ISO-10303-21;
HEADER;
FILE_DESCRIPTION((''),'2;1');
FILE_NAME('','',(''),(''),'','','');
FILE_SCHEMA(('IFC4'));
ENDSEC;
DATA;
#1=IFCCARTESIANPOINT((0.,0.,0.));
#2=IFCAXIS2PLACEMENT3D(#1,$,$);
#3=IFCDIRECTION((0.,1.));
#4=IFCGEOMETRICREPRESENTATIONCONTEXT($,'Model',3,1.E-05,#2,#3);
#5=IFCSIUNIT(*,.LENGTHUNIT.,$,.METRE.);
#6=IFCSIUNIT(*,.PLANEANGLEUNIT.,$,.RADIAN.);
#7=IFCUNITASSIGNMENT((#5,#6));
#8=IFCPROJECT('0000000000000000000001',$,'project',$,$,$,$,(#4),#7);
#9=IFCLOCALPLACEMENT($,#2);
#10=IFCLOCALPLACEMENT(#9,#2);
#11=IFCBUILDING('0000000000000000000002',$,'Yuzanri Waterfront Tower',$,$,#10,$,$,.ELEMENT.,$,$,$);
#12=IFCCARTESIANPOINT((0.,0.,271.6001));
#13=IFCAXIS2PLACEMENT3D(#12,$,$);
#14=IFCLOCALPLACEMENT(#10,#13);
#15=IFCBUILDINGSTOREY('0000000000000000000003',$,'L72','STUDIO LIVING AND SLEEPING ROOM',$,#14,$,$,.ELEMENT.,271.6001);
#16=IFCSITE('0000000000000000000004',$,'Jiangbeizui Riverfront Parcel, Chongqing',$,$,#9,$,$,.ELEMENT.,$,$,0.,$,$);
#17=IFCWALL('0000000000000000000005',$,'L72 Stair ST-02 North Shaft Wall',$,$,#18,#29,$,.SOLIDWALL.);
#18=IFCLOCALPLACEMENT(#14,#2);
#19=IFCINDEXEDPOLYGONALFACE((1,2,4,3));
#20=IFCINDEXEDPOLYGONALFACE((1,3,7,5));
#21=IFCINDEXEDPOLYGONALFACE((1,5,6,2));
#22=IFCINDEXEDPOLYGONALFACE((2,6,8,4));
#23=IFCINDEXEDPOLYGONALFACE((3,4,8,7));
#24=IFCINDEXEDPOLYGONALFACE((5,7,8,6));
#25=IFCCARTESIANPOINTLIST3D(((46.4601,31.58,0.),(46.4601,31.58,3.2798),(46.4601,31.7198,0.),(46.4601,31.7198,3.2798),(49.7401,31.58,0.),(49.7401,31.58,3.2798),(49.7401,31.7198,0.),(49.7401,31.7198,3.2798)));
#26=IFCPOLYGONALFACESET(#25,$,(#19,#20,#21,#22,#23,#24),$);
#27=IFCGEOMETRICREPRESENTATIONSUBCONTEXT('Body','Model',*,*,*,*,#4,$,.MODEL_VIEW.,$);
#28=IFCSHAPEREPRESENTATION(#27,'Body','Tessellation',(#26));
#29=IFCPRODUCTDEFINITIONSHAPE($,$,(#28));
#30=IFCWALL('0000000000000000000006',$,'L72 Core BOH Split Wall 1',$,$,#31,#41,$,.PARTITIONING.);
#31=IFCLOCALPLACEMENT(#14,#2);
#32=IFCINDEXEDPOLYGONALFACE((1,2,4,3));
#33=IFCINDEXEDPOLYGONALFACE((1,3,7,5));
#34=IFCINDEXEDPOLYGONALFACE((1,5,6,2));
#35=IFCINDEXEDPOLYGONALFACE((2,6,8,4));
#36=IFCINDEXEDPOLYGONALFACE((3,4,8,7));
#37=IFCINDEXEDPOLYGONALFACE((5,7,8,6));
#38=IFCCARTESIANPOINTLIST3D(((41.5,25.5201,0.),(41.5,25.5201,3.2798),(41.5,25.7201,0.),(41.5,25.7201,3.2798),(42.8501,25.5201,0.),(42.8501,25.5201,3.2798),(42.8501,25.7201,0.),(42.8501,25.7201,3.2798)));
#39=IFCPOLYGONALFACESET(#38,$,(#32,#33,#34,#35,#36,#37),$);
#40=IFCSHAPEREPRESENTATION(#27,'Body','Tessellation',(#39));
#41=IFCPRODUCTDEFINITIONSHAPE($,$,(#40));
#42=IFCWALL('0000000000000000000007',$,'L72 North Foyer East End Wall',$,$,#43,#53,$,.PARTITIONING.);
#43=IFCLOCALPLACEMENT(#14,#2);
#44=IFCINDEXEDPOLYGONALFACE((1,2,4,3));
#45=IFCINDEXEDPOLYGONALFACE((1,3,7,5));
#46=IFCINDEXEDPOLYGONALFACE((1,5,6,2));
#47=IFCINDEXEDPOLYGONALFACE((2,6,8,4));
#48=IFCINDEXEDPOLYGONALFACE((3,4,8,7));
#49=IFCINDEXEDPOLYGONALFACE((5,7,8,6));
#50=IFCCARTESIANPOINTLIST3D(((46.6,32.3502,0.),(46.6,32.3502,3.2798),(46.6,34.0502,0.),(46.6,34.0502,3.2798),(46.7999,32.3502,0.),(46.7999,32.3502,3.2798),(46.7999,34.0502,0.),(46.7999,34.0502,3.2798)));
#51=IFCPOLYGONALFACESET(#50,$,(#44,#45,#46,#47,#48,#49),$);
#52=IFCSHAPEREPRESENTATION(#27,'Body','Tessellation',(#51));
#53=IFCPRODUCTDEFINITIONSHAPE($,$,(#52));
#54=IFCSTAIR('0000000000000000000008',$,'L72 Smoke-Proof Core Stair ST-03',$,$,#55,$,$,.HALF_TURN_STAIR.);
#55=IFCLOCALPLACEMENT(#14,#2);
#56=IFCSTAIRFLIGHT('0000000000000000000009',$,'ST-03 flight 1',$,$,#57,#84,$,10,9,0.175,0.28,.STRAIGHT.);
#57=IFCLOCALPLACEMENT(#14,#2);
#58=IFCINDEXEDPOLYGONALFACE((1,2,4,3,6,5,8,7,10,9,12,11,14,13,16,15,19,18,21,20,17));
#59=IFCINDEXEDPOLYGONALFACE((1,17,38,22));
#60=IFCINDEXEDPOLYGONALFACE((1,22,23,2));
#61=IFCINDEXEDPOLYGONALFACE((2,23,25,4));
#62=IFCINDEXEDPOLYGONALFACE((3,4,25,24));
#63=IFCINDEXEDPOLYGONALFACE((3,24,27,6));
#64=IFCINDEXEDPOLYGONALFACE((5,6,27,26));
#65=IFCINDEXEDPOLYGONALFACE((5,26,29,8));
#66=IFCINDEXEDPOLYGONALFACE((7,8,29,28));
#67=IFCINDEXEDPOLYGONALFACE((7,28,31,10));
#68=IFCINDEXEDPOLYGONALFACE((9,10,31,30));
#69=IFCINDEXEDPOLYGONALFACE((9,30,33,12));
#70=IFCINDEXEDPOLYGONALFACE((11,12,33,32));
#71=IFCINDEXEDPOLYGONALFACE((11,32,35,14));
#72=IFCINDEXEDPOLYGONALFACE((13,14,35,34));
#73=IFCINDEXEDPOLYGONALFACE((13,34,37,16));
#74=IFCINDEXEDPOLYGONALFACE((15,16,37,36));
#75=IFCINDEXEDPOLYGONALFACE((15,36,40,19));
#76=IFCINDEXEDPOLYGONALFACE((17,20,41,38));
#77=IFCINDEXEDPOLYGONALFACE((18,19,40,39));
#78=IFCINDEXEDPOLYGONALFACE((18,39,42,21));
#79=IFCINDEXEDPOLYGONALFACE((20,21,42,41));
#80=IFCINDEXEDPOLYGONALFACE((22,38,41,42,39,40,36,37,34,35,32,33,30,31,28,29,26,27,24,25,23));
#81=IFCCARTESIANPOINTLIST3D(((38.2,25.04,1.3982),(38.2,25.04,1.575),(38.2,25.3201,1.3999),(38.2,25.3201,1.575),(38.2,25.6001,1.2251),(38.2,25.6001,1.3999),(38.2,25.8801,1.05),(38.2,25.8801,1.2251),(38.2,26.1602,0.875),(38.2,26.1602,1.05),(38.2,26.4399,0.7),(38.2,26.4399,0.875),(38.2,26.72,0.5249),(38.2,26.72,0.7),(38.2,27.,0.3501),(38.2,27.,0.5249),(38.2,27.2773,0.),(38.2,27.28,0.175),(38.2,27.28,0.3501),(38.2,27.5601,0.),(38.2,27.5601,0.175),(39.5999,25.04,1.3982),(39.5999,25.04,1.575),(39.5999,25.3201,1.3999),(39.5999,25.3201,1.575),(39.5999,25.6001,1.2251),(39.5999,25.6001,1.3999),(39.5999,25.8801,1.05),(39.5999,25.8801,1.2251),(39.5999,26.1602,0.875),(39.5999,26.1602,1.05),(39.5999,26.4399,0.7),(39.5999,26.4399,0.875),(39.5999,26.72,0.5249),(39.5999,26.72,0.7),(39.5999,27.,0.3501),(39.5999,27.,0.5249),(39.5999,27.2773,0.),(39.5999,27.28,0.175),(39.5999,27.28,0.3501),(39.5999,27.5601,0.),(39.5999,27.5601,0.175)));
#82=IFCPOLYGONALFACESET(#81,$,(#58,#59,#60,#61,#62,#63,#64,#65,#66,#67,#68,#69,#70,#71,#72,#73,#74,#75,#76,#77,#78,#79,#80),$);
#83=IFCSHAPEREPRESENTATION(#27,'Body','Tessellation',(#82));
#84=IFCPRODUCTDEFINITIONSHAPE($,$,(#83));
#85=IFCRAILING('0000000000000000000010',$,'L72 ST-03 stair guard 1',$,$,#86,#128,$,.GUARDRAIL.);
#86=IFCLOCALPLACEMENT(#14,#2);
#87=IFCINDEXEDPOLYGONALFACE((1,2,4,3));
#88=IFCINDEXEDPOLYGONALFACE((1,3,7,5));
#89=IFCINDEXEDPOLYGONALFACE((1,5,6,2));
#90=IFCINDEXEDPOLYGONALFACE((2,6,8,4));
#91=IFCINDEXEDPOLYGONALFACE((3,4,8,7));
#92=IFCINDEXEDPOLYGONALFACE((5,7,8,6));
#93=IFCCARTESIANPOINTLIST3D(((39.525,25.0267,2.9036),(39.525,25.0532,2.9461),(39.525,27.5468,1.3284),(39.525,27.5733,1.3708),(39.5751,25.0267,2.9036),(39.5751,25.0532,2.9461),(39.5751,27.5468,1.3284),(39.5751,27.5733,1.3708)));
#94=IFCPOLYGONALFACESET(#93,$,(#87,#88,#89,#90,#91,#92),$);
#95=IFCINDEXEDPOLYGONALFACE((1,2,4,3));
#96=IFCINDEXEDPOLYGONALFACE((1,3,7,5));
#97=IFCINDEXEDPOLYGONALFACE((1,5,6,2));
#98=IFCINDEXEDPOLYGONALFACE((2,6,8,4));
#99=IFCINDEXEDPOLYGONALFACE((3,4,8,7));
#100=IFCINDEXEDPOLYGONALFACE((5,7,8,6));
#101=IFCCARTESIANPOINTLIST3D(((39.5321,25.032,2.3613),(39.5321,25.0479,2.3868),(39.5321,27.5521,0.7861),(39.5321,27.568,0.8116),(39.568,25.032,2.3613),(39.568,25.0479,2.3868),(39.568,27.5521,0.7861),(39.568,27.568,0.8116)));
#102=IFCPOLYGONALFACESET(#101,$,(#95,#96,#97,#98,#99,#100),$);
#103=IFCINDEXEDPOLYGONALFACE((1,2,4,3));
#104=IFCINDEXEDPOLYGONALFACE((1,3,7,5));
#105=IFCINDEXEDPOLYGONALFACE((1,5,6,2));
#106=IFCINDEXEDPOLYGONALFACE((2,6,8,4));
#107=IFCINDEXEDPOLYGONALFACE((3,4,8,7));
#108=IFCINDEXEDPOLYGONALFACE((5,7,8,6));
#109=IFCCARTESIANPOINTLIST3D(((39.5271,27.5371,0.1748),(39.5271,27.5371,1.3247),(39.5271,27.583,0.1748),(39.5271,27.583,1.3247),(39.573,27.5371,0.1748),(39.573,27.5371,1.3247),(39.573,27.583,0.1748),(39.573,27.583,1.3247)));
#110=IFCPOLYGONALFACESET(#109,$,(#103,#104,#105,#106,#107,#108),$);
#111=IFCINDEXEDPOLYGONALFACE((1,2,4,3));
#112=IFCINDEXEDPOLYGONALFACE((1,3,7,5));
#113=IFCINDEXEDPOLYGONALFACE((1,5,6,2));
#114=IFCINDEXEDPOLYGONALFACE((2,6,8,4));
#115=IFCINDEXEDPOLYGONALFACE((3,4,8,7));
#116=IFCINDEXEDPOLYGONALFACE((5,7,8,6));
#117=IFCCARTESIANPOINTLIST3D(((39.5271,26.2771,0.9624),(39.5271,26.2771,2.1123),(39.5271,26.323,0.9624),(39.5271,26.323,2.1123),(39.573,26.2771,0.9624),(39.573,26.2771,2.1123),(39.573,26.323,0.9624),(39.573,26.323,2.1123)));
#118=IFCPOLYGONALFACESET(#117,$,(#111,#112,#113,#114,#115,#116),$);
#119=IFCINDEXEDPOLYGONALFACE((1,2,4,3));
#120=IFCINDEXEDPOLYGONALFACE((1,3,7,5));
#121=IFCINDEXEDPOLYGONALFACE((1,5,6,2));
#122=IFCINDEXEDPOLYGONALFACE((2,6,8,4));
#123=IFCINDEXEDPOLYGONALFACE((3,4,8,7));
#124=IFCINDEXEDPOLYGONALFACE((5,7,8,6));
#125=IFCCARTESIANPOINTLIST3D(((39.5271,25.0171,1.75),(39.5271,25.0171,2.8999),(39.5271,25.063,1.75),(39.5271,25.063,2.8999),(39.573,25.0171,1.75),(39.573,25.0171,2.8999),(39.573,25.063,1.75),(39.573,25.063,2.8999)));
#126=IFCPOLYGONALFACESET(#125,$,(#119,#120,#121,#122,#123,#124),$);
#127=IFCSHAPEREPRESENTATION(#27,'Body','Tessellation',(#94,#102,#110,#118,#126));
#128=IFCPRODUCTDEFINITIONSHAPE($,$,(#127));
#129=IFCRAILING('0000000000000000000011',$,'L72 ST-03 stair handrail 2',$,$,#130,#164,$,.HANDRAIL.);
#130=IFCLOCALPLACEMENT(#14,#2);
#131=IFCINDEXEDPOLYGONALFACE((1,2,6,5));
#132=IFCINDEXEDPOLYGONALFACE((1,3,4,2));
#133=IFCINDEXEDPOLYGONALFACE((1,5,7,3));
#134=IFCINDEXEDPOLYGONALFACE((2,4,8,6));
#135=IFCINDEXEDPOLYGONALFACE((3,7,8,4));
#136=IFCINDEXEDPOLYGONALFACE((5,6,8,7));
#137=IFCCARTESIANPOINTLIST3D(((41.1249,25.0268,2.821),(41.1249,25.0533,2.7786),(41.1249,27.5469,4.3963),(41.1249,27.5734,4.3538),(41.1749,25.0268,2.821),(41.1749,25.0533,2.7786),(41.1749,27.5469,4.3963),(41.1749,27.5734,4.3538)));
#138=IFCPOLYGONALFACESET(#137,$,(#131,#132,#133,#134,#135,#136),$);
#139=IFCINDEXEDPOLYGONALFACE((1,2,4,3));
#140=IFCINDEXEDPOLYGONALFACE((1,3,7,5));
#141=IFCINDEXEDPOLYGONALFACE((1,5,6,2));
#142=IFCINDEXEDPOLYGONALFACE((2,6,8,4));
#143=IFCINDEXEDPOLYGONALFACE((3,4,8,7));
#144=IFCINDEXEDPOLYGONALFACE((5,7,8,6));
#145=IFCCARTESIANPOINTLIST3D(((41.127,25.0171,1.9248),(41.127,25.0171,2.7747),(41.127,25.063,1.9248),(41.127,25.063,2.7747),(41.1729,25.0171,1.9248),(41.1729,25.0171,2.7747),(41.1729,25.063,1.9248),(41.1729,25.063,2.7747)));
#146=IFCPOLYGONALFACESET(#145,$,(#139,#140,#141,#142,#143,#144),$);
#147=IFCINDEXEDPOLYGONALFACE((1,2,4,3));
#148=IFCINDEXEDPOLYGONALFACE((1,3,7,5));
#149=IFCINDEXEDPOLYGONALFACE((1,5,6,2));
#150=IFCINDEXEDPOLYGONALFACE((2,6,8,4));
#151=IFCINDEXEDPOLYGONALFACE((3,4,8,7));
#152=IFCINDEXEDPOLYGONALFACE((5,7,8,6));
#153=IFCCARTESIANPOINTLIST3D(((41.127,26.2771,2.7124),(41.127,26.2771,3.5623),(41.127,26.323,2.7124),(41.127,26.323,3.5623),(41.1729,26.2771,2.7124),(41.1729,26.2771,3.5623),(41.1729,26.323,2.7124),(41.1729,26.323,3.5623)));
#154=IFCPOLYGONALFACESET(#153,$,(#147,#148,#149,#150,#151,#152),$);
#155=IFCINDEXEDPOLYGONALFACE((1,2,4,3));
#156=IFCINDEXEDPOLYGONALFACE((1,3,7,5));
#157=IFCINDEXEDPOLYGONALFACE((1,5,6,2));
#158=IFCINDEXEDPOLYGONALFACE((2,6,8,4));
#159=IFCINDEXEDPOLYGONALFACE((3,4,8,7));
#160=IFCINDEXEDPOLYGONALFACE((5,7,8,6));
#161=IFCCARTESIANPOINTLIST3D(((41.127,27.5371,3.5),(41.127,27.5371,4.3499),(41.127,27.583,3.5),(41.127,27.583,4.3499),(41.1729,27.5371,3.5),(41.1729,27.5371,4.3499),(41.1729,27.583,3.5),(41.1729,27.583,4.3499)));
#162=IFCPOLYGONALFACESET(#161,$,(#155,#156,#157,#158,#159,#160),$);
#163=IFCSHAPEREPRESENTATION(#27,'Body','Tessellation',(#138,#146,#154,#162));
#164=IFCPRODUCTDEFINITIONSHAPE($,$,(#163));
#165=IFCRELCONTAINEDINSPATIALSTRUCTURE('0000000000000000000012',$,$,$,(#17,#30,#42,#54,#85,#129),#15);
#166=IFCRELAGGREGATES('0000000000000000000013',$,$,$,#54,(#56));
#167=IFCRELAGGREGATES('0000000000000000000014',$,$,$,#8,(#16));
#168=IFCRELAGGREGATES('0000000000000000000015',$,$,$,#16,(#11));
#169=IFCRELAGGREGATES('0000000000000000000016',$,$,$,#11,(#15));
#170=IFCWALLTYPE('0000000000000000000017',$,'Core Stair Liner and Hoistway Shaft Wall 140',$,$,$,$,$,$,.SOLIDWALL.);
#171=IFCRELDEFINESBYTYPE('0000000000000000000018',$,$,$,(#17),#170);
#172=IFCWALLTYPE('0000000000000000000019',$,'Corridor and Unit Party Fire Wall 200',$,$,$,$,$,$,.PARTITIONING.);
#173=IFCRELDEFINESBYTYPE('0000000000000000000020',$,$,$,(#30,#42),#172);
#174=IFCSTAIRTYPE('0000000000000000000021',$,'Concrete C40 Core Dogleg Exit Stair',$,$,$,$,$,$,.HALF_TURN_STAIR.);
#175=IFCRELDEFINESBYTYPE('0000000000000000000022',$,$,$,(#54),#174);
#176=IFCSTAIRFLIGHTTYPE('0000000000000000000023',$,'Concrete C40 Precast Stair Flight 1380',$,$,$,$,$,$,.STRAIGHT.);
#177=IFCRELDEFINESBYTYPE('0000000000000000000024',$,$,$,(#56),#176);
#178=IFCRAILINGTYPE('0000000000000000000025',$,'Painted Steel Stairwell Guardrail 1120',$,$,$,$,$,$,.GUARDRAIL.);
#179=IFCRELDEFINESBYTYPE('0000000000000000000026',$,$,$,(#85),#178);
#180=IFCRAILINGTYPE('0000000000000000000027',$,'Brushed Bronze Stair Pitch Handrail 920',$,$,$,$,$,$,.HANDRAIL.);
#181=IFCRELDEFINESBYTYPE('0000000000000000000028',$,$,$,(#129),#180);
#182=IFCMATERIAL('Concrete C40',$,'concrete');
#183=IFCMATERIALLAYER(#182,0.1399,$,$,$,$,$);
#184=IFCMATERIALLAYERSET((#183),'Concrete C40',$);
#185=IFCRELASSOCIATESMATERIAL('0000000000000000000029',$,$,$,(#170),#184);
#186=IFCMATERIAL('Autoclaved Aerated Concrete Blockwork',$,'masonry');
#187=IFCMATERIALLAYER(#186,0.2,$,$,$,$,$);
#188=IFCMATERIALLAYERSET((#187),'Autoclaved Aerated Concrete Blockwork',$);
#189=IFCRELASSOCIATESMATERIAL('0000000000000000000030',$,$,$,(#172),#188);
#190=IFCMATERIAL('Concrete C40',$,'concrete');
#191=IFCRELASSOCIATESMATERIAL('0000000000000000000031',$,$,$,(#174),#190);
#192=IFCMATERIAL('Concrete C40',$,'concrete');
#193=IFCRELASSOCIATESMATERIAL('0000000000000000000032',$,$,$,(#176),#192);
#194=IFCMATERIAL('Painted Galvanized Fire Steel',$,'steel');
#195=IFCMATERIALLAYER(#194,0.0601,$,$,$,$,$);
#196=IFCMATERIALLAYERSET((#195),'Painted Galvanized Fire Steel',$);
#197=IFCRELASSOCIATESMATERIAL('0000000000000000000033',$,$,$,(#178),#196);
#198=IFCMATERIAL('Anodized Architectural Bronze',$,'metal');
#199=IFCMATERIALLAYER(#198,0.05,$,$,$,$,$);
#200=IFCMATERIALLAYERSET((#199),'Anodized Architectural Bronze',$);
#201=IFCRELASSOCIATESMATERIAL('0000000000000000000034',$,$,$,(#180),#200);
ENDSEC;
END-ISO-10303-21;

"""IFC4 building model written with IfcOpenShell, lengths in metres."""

from ifc_helpers import new_model, si_unit, direction, frame, frame_2d, origin, origin_2d, place, context, subcontext, project, spatial, polyline, rectangle, outline, extrude, source, transform, mapped, material, layer, layer_set, type_object, element, aggregate, save


model = new_model("IFC4")

# Units and contexts
model_context = context("Model", 3, precision=1e-05, world=origin(), true_north=direction((0.0, 1.0)))
body_context = subcontext(model_context, "Body", "Model", "MODEL_VIEW")
ifc_project = project(units=[si_unit("LENGTHUNIT", "METRE"), si_unit("PLANEANGLEUNIT", "RADIAN")], contexts=[model_context])

# Site, building, storey
site_placement = place(None, origin())
site = spatial("IfcSite", under=ifc_project, at=site_placement, Name="Jiangbeizui Riverfront Parcel, Chongqing", CompositionType="ELEMENT", RefElevation=0.0)
building_placement = place(site_placement, origin())
building = spatial("IfcBuilding", under=site, at=building_placement, Name="Yuzanri Waterfront Tower", CompositionType="ELEMENT")
storey_placement = place(building_placement, frame((0.0, 0.0, 271.6001)))
storey = spatial("IfcBuildingStorey", under=building, at=storey_placement, Name="L72", Description="STUDIO LIVING AND SLEEPING ROOM", CompositionType="ELEMENT", Elevation=271.6001)

# Shared definitions
ifc_material_1 = material(Name="Concrete C40", Category="concrete")
ifc_layer_1 = layer(ifc_material_1, 0.1399)
ifc_layer_set_1 = layer_set([ifc_layer_1], Name="Concrete C40")
wall_type_1 = type_object("IfcWallType", Name="Core Stair Liner and Hoistway Shaft Wall 140", PredefinedType="SOLIDWALL", material=ifc_layer_set_1)
ifc_material_2 = material(Name="Autoclaved Aerated Concrete Blockwork", Category="masonry")
ifc_layer_2 = layer(ifc_material_2, 0.2)
ifc_layer_set_2 = layer_set([ifc_layer_2], Name="Autoclaved Aerated Concrete Blockwork")
wall_type_2 = type_object("IfcWallType", Name="Corridor and Unit Party Fire Wall 200", PredefinedType="PARTITIONING", material=ifc_layer_set_2)

# Walls
shared_shape_1 = source(origin(), body_context, "Body", "SweptSolid", [
    extrude(rectangle(XDim=3.28, YDim=0.1399, at=frame_2d((1.6401, 0.0))), origin(), (0.0, 0.0, 1.0), 3.2798),
])
wall_1_placement = place(storey_placement, frame((46.46, 31.6499, 0.0), z_axis=(0.0, 0.0, 1.0), x_axis=(1.0, 0.0, 0.0)))
element("IfcWall", 1, at=wall_1_placement, inside=storey, type_object=wall_type_1, Name="L72 Stair ST-02 North Shaft Wall", PredefinedType="SOLIDWALL", context=body_context, shape_type="MappedRepresentation", body=[
    mapped(shared_shape_1, transform((0.0, 0.0, 0.0), scale=1.0)),
])
shared_shape_2 = source(origin(), body_context, "Body", "SweptSolid", [
    extrude(rectangle(XDim=1.3501, YDim=0.2, at=frame_2d((0.675, 0.0))), origin(), (0.0, 0.0, 1.0), 3.2798),
])
wall_2_placement = place(storey_placement, frame((41.5, 25.6201, 0.0), z_axis=(0.0, 0.0, 1.0), x_axis=(1.0, 0.0, 0.0)))
element("IfcWall", 2, at=wall_2_placement, inside=storey, type_object=wall_type_2, Name="L72 Core BOH Split Wall 1", PredefinedType="PARTITIONING", context=body_context, shape_type="MappedRepresentation", body=[
    mapped(shared_shape_2, transform((0.0, 0.0, 0.0), scale=1.0)),
])
shared_shape_3 = source(origin(), body_context, "Body", "SweptSolid", [
    extrude(rectangle(XDim=1.7, YDim=0.2, at=frame_2d((0.8501, 0.0))), origin(), (0.0, 0.0, 1.0), 3.2798),
])
wall_3_placement = place(storey_placement, frame((46.7, 32.3501, 0.0), z_axis=(0.0, 0.0, 1.0), x_axis=(0.0, 1.0, 0.0)))
element("IfcWall", 3, at=wall_3_placement, inside=storey, type_object=wall_type_2, Name="L72 North Foyer East End Wall", PredefinedType="PARTITIONING", context=body_context, shape_type="MappedRepresentation", body=[
    mapped(shared_shape_3, transform((0.0, 0.0, 0.0), scale=1.0)),
])

# Stair, stair flight
ifc_material_3 = material(Name="Concrete C40", Category="concrete")
stair_type = type_object("IfcStairType", Name="Concrete C40 Core Dogleg Exit Stair", PredefinedType="HALF_TURN_STAIR", material=ifc_material_3)
stair_placement = place(storey_placement, origin())
stair = element("IfcStair", 4, at=stair_placement, inside=storey, type_object=stair_type, Name="L72 Smoke-Proof Core Stair ST-03", PredefinedType="HALF_TURN_STAIR")
ifc_material_4 = material(Name="Concrete C40", Category="concrete")
stair_flight_type = type_object("IfcStairFlightType", Name="Concrete C40 Precast Stair Flight 1380", PredefinedType="STRAIGHT", material=ifc_material_4)
shared_shape_4 = source(origin(), body_context, "Body", "SweptSolid", [
    extrude(outline(polyline([(0.0, 0.0), (0.0, 0.175), (0.28, 0.175), (0.28, 0.3501), (0.5601, 0.3501), (0.5601, 0.5249), (0.8401, 0.5249), (0.8401, 0.7), (1.1201, 0.7), (1.1201, 0.875), (1.3999, 0.875), (1.3999, 1.05), (1.6799, 1.05), (1.6799, 1.2251), (1.96, 1.2251), (1.96, 1.3999), (2.24, 1.3999), (2.24, 1.575), (2.52, 1.575), (2.52, 1.75), (2.52, 1.3982), (0.2827, 0.0), (0.0, 0.0)])), frame((0.0, 0.7, 0.0), z_axis=(0.0, -1.0, 0.0), x_axis=(1.0, 0.0, 0.0)), (0.0, 0.0, 1.0), 1.3999),
])
stair_flight_placement = place(storey_placement, frame((38.8999, 27.5601, 0.0), z_axis=(0.0, 0.0, 1.0), x_axis=(0.0, -1.0, 0.0)))
stair_flight = element("IfcStairFlight", 5, at=stair_flight_placement, type_object=stair_flight_type, Name="ST-03 flight 1", NumberOfRisers=10, NumberOfTreads=9, PredefinedType="STRAIGHT", RiserHeight=0.175, TreadLength=0.28, context=body_context, shape_type="MappedRepresentation", body=[
    mapped(shared_shape_4, transform((0.0, 0.0, 0.0), scale=1.0)),
])
aggregate(stair, [stair_flight])

# Railings
ifc_material_5 = material(Name="Painted Galvanized Fire Steel", Category="steel")
ifc_layer_3 = layer(ifc_material_5, 0.0601)
ifc_layer_set_3 = layer_set([ifc_layer_3], Name="Painted Galvanized Fire Steel")
railing_type_1 = type_object("IfcRailingType", Name="Painted Steel Stairwell Guardrail 1120", PredefinedType="GUARDRAIL", material=ifc_layer_set_3)
shared_shape_5 = source(origin(), body_context, "Body", "SweptSolid", [
    extrude(rectangle(XDim=0.05, YDim=0.05, at=origin_2d()), frame((0.0, 0.0, 1.1748), z_axis=(0.0, -0.847971, 0.530043), x_axis=(1.0, 0.0, 0.0)), (0.0, 0.0, 1.0), 2.9719),
    extrude(rectangle(XDim=0.0359, YDim=0.03, at=origin_2d()), frame((0.0, 0.0, 0.624), z_axis=(0.0, -0.847971, 0.530043), x_axis=(1.0, 0.0, 0.0)), (0.0, 0.0, 1.0), 2.9719),
    extrude(rectangle(XDim=0.0459, YDim=0.0459, at=origin_2d()), origin(), (0.0, 0.0, 1.0), 1.1499),
    extrude(rectangle(XDim=0.0459, YDim=0.0459, at=origin_2d()), frame((0.0, -1.26, 0.7876)), (0.0, 0.0, 1.0), 1.1499),
    extrude(rectangle(XDim=0.0459, YDim=0.0459, at=origin_2d()), frame((0.0, -2.52, 1.5752)), (0.0, 0.0, 1.0), 1.1499),
])
railing_1_placement = place(storey_placement, frame((39.55, 27.5601, 0.1748)))
element("IfcRailing", 6, at=railing_1_placement, inside=storey, type_object=railing_type_1, Name="L72 ST-03 stair guard 1", PredefinedType="GUARDRAIL", context=body_context, shape_type="MappedRepresentation", body=[
    mapped(shared_shape_5, transform((0.0, 0.0, 0.0), scale=1.0)),
])
ifc_material_6 = material(Name="Anodized Architectural Bronze", Category="metal")
ifc_layer_4 = layer(ifc_material_6, 0.05)
ifc_layer_set_4 = layer_set([ifc_layer_4], Name="Anodized Architectural Bronze")
railing_type_2 = type_object("IfcRailingType", Name="Brushed Bronze Stair Pitch Handrail 920", PredefinedType="HANDRAIL", material=ifc_layer_set_4)
shared_shape_6 = source(origin(), body_context, "Body", "SweptSolid", [
    extrude(rectangle(XDim=0.05, YDim=0.05, at=origin_2d()), frame((0.0, 0.0, 0.875), z_axis=(0.0, 0.847971, 0.530043), x_axis=(-1.0, 0.0, 0.0)), (0.0, 0.0, 1.0), 2.9719),
    extrude(rectangle(XDim=0.0459, YDim=0.0459, at=origin_2d()), origin(), (0.0, 0.0, 1.0), 0.8499),
    extrude(rectangle(XDim=0.0459, YDim=0.0459, at=origin_2d()), frame((0.0, 1.26, 0.7876)), (0.0, 0.0, 1.0), 0.8499),
    extrude(rectangle(XDim=0.0459, YDim=0.0459, at=origin_2d()), frame((0.0, 2.52, 1.5752)), (0.0, 0.0, 1.0), 0.8499),
])
railing_2_placement = place(storey_placement, frame((41.1499, 25.04, 1.9248)))
element("IfcRailing", 7, at=railing_2_placement, inside=storey, type_object=railing_type_2, Name="L72 ST-03 stair handrail 2", PredefinedType="HANDRAIL", context=body_context, shape_type="MappedRepresentation", body=[
    mapped(shared_shape_6, transform((0.0, 0.0, 0.0), scale=1.0)),
])

save(model, "model.ifc")
